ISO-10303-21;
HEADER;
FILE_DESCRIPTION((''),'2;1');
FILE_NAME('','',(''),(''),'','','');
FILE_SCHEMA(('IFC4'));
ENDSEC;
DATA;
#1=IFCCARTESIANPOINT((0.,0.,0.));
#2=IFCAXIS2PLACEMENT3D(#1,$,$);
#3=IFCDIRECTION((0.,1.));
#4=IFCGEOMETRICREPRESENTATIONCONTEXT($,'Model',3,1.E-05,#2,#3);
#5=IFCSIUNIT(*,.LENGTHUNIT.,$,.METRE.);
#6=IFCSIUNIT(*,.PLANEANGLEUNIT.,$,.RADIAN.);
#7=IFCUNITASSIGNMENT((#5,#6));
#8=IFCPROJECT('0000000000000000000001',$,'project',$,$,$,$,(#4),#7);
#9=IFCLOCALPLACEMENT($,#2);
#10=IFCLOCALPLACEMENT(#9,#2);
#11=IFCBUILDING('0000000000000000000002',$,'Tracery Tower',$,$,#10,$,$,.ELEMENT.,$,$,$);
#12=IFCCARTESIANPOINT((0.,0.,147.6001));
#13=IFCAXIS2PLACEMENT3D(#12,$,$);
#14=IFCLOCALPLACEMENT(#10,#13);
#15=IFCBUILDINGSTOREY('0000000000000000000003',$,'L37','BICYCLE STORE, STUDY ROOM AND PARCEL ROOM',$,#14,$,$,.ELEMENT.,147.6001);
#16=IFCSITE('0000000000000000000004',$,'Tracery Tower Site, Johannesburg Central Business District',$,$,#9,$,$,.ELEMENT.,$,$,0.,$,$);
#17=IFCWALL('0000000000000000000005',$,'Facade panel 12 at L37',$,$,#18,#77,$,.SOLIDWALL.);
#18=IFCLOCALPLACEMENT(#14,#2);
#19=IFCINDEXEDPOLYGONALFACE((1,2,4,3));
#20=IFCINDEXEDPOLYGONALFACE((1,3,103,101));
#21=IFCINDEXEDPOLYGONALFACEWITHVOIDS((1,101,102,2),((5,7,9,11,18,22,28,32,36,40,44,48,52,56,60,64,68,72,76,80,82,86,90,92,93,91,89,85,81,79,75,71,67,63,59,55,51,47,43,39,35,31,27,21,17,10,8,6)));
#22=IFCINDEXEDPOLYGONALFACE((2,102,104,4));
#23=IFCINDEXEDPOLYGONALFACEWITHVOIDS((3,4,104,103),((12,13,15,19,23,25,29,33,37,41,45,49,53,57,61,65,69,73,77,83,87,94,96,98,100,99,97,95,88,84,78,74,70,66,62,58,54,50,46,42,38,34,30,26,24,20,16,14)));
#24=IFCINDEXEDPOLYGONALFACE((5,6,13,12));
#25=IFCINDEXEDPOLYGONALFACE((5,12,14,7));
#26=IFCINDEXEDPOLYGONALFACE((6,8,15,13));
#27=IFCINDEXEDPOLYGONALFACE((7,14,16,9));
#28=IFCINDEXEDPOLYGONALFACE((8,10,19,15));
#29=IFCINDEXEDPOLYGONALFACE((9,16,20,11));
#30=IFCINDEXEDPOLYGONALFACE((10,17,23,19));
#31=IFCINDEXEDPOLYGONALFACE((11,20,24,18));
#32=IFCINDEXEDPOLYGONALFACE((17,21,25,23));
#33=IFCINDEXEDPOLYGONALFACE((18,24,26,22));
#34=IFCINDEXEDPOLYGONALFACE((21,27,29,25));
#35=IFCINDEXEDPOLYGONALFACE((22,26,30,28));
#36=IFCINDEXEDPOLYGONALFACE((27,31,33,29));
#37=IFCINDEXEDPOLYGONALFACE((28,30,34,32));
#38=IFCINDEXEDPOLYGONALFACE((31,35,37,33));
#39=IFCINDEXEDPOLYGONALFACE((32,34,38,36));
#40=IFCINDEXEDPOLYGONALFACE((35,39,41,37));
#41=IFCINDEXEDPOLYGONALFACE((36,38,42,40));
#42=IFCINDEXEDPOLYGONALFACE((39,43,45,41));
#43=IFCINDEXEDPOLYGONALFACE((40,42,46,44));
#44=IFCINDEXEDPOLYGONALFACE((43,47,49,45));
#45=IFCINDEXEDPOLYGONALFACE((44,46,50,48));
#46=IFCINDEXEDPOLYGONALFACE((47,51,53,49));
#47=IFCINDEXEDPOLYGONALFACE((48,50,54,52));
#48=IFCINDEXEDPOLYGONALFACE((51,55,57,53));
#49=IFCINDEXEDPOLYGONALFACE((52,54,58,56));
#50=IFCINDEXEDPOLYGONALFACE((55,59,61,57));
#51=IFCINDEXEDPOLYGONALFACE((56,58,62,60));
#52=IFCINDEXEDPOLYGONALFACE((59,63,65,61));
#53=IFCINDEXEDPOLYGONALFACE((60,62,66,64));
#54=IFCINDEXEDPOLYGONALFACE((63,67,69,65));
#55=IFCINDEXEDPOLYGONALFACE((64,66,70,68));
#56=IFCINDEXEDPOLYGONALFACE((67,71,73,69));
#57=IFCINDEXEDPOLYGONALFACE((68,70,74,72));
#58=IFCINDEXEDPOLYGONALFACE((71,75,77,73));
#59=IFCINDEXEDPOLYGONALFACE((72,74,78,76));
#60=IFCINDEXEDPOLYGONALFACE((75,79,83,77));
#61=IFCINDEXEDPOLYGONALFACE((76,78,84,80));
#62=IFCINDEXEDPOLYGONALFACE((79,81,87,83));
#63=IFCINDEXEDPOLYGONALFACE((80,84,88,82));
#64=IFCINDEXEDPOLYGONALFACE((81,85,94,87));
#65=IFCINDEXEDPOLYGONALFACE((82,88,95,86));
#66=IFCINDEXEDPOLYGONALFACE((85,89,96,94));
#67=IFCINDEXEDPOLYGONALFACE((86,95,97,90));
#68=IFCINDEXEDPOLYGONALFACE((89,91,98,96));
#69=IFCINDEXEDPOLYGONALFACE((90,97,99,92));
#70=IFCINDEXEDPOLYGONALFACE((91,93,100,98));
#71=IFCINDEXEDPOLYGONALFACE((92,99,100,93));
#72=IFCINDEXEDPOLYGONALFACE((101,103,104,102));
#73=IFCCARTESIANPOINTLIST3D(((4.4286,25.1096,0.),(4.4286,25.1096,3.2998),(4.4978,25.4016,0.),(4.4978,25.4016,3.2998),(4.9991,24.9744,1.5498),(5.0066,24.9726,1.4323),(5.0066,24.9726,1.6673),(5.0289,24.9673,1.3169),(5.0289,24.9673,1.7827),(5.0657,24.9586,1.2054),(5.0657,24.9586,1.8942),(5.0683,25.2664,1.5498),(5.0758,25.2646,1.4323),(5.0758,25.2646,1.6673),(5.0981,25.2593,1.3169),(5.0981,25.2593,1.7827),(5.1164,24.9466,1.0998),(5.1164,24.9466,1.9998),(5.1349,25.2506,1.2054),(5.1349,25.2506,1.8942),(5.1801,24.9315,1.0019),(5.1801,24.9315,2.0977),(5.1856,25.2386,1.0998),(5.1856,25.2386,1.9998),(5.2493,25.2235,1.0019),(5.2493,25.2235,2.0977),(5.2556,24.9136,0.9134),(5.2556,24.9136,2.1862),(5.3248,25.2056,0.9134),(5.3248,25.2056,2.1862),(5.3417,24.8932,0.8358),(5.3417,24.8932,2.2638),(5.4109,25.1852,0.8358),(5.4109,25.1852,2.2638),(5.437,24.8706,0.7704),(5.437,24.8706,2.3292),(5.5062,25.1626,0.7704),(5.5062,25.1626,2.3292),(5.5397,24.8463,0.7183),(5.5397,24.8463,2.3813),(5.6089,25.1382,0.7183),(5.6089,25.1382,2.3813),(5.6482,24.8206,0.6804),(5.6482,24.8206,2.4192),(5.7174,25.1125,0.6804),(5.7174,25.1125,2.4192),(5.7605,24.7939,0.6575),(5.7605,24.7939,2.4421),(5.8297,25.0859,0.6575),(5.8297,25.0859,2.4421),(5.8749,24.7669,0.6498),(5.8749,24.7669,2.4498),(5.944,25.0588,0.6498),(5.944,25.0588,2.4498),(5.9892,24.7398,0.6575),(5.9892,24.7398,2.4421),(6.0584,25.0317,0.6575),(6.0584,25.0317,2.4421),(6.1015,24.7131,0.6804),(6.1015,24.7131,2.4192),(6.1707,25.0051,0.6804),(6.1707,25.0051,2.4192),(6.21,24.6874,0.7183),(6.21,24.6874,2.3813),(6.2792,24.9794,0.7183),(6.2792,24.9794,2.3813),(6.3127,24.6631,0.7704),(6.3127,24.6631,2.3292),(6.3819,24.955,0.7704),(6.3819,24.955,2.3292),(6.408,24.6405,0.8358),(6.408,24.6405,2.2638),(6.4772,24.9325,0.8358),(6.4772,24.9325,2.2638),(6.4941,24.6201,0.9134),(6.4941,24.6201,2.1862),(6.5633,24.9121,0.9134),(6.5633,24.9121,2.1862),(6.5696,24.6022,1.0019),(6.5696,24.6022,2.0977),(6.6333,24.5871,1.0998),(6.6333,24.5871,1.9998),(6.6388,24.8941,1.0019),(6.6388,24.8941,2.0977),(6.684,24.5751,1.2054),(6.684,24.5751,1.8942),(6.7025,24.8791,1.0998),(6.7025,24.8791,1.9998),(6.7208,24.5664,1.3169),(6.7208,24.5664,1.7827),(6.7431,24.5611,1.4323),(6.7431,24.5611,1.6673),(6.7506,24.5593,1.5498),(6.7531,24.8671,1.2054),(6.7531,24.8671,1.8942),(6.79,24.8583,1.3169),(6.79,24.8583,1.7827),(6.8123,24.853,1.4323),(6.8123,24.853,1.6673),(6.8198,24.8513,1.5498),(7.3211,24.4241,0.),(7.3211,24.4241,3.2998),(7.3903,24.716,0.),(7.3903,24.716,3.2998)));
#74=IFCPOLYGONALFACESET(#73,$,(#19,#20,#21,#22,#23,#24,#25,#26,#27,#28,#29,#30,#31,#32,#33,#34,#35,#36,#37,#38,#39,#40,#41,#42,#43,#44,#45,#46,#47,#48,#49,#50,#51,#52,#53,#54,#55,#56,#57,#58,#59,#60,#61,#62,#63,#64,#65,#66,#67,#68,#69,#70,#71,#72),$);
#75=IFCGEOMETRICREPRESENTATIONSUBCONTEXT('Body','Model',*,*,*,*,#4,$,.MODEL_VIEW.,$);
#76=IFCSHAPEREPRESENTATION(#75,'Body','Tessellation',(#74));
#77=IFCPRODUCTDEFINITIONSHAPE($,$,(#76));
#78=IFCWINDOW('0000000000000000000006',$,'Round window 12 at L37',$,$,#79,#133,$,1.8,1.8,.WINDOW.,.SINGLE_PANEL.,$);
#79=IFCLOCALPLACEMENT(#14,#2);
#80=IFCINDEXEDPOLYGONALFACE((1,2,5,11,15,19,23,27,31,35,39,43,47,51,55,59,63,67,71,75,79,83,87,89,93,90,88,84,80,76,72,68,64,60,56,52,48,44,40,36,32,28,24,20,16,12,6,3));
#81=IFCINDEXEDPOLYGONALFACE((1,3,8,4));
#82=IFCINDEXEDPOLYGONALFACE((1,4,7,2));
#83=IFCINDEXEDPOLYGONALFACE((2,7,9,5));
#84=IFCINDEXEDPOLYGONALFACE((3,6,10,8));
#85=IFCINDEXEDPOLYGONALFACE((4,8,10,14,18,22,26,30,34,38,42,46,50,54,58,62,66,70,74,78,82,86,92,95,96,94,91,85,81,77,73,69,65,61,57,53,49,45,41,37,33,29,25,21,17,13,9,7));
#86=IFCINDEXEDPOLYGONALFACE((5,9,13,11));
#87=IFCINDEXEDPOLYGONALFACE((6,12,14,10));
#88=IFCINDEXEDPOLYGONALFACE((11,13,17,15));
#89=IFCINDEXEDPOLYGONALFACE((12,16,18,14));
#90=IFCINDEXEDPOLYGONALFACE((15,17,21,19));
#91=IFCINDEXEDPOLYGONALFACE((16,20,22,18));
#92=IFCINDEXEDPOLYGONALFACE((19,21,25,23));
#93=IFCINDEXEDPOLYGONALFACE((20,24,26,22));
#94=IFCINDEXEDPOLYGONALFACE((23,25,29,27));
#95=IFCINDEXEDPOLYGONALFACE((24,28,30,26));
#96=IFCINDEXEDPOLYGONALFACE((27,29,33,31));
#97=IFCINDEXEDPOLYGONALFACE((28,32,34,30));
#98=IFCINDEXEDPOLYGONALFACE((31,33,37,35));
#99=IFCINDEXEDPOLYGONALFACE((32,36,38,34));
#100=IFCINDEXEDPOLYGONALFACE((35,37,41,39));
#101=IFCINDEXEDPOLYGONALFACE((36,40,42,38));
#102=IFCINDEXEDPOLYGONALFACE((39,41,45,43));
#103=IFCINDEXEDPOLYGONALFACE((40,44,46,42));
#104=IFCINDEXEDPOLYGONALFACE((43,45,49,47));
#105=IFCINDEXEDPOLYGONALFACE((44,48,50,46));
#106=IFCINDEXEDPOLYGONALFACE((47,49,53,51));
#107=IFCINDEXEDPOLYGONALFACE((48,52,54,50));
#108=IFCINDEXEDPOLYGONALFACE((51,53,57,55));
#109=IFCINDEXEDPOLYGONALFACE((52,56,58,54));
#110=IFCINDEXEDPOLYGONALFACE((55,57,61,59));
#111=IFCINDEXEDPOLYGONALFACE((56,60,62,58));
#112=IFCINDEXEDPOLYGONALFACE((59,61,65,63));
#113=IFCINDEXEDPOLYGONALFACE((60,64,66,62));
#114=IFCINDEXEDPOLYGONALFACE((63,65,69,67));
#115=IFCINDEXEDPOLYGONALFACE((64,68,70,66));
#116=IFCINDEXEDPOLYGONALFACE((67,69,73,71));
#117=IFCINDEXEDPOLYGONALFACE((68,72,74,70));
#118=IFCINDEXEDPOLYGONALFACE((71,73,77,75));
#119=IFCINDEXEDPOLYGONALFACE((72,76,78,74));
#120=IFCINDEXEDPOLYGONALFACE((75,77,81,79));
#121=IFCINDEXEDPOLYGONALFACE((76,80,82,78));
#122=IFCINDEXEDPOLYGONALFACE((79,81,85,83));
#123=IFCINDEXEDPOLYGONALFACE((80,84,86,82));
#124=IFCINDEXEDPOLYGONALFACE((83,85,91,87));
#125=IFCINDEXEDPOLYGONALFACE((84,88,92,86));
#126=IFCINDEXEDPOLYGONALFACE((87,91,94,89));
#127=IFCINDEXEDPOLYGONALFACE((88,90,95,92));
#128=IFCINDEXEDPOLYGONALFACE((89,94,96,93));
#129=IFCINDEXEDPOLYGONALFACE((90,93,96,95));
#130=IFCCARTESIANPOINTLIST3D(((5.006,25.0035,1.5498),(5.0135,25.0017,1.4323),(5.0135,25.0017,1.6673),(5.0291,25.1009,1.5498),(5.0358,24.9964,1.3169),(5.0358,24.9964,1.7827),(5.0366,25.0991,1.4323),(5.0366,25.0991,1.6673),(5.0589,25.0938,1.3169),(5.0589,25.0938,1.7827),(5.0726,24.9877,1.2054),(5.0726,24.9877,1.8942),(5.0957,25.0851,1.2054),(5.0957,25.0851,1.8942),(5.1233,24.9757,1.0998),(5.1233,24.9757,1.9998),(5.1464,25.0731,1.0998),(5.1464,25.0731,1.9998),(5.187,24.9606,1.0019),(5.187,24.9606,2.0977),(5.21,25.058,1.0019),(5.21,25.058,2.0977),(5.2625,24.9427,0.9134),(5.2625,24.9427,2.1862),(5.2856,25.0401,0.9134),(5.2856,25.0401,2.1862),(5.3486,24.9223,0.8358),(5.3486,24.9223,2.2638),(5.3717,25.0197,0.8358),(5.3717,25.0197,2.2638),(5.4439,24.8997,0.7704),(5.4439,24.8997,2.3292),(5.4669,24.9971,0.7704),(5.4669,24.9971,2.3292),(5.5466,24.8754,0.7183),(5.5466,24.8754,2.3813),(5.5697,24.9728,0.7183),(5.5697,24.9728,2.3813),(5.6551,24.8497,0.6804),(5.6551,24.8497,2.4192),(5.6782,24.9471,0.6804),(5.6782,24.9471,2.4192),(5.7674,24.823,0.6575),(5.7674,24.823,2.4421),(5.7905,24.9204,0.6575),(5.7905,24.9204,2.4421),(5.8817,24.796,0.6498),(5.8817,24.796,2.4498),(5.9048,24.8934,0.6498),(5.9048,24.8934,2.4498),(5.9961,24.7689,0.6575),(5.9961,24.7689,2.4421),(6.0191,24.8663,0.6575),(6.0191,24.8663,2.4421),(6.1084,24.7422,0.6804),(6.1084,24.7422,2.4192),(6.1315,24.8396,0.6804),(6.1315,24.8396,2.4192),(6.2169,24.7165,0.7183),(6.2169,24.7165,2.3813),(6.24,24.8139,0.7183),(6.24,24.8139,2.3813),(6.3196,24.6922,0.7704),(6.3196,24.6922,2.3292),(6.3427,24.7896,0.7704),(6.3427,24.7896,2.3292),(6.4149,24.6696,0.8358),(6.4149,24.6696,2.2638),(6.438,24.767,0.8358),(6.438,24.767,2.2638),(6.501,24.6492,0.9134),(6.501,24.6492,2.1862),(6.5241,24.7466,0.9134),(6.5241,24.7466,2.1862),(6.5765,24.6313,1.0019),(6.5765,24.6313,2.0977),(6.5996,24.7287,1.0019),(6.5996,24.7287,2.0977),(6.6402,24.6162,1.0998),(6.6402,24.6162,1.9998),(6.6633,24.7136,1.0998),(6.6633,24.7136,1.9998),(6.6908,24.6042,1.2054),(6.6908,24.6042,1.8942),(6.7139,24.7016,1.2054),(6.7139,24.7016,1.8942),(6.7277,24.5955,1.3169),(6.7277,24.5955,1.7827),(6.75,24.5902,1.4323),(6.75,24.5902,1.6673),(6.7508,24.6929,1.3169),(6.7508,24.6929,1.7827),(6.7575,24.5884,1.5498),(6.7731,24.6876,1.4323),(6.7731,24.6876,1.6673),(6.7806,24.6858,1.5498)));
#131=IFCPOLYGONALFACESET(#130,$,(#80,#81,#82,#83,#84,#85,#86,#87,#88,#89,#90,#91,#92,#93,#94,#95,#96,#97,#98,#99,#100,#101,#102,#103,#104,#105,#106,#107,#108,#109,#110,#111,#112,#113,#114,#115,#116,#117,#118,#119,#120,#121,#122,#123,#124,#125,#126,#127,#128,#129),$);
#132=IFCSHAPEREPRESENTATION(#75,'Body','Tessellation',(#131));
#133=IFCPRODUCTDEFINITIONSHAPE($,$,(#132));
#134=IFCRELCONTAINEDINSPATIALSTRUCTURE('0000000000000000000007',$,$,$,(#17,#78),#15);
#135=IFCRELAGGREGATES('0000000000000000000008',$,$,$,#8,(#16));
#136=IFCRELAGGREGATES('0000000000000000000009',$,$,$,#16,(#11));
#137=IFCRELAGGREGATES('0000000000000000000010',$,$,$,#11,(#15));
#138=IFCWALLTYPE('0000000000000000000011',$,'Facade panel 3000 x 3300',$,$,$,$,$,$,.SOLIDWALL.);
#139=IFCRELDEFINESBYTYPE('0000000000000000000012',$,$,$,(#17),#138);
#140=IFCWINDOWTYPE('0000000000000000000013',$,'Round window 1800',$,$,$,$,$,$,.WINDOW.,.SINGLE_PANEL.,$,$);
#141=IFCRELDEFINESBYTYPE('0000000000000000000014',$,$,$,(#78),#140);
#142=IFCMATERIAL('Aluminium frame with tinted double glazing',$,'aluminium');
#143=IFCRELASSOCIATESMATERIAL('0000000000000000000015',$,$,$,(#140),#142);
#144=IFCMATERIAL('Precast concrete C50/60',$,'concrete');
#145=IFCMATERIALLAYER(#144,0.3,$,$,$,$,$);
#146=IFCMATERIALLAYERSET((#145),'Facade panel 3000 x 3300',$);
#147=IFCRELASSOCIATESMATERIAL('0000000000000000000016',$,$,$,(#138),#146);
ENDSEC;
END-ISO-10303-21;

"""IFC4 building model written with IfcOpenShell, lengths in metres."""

from ifc_helpers import new_model, si_unit, direction, frame, frame_2d, origin, origin_2d, place, context, subcontext, project, spatial, rectangle, circle, extrude, material, layer, layer_set, type_object, element, fill, save


model = new_model("IFC4")

# Units and contexts
model_context = context("Model", 3, precision=1e-05, world=origin(), true_north=direction((0.0, 1.0)))
body_context = subcontext(model_context, "Body", "Model", "MODEL_VIEW")
ifc_project = project(units=[si_unit("LENGTHUNIT", "METRE"), si_unit("PLANEANGLEUNIT", "RADIAN")], contexts=[model_context])

# Site, building, storey
site_placement = place(None, origin())
site = spatial("IfcSite", under=ifc_project, at=site_placement, Name="Tracery Tower Site, Johannesburg Central Business District", CompositionType="ELEMENT", RefElevation=0.0)
building_placement = place(site_placement, origin())
building = spatial("IfcBuilding", under=site, at=building_placement, Name="Tracery Tower", CompositionType="ELEMENT")
storey_placement = place(building_placement, frame((0.0, 0.0, 147.6001)))
storey = spatial("IfcBuildingStorey", under=building, at=storey_placement, Name="L37", Description="BICYCLE STORE, STUDY ROOM AND PARCEL ROOM", CompositionType="ELEMENT", Elevation=147.6001)

# Wall, opening, window
ifc_material_1 = material(Name="Aluminium frame with tinted double glazing", Category="aluminium")
window_type = type_object("IfcWindowType", Name="Round window 1800", PartitioningType="SINGLE_PANEL", PredefinedType="WINDOW", material=ifc_material_1)
ifc_material_2 = material(Name="Precast concrete C50/60", Category="concrete")
ifc_layer_1 = layer(ifc_material_2, 0.3)
ifc_layer_set_1 = layer_set([ifc_layer_1], Name="Facade panel 3000 x 3300")
wall_type_1 = type_object("IfcWallType", Name="Facade panel 3000 x 3300", PredefinedType="SOLIDWALL", material=ifc_layer_set_1)
wall_1_placement = place(storey_placement, frame((7.3557, 24.5701, 0.0), z_axis=(0.0, 0.0, 1.0), x_axis=(-0.973045, 0.230614, 0.0)))
wall_1 = element("IfcWall", 1, at=wall_1_placement, inside=storey, type_object=wall_type_1, Name="Facade panel 12 at L37", PredefinedType="SOLIDWALL", context=body_context, shape_type="SweptSolid", body=[
    extrude(rectangle(XDim=2.9727, YDim=0.3, at=frame_2d((1.4863, 0.0))), origin(), (0.0, 0.0, 1.0), 3.2998),
])
opening_1_placement = place(wall_1_placement, frame((1.4863, 0.0, 1.5498)))
opening_1 = element("IfcOpeningElement", 2, at=opening_1_placement, cuts=wall_1, PredefinedType="OPENING", context=body_context, shape_type="SweptSolid", body=[
    extrude(circle(Radius=0.9, at=origin_2d()), frame((0.0, 0.1599, 0.0), z_axis=(0.0, -1.0, 0.0), x_axis=(1.0, 0.0, 0.0)), (0.0, 0.0, 1.0), 0.3201),
])
window_1_placement = place(opening_1_placement, origin())
window_1 = element("IfcWindow", 3, at=window_1_placement, inside=storey, type_object=window_type, Name="Round window 12 at L37", OverallHeight=1.8, OverallWidth=1.8, PartitioningType="SINGLE_PANEL", PredefinedType="WINDOW", context=body_context, shape_type="SweptSolid", body=[
    extrude(circle(Radius=0.9, at=origin_2d()), frame((0.0, 0.1201, 0.0), z_axis=(0.0, -1.0, 0.0), x_axis=(1.0, 0.0, 0.0)), (0.0, 0.0, 1.0), 0.1001),
])
fill(opening_1, window_1)

save(model, "model.ifc")
